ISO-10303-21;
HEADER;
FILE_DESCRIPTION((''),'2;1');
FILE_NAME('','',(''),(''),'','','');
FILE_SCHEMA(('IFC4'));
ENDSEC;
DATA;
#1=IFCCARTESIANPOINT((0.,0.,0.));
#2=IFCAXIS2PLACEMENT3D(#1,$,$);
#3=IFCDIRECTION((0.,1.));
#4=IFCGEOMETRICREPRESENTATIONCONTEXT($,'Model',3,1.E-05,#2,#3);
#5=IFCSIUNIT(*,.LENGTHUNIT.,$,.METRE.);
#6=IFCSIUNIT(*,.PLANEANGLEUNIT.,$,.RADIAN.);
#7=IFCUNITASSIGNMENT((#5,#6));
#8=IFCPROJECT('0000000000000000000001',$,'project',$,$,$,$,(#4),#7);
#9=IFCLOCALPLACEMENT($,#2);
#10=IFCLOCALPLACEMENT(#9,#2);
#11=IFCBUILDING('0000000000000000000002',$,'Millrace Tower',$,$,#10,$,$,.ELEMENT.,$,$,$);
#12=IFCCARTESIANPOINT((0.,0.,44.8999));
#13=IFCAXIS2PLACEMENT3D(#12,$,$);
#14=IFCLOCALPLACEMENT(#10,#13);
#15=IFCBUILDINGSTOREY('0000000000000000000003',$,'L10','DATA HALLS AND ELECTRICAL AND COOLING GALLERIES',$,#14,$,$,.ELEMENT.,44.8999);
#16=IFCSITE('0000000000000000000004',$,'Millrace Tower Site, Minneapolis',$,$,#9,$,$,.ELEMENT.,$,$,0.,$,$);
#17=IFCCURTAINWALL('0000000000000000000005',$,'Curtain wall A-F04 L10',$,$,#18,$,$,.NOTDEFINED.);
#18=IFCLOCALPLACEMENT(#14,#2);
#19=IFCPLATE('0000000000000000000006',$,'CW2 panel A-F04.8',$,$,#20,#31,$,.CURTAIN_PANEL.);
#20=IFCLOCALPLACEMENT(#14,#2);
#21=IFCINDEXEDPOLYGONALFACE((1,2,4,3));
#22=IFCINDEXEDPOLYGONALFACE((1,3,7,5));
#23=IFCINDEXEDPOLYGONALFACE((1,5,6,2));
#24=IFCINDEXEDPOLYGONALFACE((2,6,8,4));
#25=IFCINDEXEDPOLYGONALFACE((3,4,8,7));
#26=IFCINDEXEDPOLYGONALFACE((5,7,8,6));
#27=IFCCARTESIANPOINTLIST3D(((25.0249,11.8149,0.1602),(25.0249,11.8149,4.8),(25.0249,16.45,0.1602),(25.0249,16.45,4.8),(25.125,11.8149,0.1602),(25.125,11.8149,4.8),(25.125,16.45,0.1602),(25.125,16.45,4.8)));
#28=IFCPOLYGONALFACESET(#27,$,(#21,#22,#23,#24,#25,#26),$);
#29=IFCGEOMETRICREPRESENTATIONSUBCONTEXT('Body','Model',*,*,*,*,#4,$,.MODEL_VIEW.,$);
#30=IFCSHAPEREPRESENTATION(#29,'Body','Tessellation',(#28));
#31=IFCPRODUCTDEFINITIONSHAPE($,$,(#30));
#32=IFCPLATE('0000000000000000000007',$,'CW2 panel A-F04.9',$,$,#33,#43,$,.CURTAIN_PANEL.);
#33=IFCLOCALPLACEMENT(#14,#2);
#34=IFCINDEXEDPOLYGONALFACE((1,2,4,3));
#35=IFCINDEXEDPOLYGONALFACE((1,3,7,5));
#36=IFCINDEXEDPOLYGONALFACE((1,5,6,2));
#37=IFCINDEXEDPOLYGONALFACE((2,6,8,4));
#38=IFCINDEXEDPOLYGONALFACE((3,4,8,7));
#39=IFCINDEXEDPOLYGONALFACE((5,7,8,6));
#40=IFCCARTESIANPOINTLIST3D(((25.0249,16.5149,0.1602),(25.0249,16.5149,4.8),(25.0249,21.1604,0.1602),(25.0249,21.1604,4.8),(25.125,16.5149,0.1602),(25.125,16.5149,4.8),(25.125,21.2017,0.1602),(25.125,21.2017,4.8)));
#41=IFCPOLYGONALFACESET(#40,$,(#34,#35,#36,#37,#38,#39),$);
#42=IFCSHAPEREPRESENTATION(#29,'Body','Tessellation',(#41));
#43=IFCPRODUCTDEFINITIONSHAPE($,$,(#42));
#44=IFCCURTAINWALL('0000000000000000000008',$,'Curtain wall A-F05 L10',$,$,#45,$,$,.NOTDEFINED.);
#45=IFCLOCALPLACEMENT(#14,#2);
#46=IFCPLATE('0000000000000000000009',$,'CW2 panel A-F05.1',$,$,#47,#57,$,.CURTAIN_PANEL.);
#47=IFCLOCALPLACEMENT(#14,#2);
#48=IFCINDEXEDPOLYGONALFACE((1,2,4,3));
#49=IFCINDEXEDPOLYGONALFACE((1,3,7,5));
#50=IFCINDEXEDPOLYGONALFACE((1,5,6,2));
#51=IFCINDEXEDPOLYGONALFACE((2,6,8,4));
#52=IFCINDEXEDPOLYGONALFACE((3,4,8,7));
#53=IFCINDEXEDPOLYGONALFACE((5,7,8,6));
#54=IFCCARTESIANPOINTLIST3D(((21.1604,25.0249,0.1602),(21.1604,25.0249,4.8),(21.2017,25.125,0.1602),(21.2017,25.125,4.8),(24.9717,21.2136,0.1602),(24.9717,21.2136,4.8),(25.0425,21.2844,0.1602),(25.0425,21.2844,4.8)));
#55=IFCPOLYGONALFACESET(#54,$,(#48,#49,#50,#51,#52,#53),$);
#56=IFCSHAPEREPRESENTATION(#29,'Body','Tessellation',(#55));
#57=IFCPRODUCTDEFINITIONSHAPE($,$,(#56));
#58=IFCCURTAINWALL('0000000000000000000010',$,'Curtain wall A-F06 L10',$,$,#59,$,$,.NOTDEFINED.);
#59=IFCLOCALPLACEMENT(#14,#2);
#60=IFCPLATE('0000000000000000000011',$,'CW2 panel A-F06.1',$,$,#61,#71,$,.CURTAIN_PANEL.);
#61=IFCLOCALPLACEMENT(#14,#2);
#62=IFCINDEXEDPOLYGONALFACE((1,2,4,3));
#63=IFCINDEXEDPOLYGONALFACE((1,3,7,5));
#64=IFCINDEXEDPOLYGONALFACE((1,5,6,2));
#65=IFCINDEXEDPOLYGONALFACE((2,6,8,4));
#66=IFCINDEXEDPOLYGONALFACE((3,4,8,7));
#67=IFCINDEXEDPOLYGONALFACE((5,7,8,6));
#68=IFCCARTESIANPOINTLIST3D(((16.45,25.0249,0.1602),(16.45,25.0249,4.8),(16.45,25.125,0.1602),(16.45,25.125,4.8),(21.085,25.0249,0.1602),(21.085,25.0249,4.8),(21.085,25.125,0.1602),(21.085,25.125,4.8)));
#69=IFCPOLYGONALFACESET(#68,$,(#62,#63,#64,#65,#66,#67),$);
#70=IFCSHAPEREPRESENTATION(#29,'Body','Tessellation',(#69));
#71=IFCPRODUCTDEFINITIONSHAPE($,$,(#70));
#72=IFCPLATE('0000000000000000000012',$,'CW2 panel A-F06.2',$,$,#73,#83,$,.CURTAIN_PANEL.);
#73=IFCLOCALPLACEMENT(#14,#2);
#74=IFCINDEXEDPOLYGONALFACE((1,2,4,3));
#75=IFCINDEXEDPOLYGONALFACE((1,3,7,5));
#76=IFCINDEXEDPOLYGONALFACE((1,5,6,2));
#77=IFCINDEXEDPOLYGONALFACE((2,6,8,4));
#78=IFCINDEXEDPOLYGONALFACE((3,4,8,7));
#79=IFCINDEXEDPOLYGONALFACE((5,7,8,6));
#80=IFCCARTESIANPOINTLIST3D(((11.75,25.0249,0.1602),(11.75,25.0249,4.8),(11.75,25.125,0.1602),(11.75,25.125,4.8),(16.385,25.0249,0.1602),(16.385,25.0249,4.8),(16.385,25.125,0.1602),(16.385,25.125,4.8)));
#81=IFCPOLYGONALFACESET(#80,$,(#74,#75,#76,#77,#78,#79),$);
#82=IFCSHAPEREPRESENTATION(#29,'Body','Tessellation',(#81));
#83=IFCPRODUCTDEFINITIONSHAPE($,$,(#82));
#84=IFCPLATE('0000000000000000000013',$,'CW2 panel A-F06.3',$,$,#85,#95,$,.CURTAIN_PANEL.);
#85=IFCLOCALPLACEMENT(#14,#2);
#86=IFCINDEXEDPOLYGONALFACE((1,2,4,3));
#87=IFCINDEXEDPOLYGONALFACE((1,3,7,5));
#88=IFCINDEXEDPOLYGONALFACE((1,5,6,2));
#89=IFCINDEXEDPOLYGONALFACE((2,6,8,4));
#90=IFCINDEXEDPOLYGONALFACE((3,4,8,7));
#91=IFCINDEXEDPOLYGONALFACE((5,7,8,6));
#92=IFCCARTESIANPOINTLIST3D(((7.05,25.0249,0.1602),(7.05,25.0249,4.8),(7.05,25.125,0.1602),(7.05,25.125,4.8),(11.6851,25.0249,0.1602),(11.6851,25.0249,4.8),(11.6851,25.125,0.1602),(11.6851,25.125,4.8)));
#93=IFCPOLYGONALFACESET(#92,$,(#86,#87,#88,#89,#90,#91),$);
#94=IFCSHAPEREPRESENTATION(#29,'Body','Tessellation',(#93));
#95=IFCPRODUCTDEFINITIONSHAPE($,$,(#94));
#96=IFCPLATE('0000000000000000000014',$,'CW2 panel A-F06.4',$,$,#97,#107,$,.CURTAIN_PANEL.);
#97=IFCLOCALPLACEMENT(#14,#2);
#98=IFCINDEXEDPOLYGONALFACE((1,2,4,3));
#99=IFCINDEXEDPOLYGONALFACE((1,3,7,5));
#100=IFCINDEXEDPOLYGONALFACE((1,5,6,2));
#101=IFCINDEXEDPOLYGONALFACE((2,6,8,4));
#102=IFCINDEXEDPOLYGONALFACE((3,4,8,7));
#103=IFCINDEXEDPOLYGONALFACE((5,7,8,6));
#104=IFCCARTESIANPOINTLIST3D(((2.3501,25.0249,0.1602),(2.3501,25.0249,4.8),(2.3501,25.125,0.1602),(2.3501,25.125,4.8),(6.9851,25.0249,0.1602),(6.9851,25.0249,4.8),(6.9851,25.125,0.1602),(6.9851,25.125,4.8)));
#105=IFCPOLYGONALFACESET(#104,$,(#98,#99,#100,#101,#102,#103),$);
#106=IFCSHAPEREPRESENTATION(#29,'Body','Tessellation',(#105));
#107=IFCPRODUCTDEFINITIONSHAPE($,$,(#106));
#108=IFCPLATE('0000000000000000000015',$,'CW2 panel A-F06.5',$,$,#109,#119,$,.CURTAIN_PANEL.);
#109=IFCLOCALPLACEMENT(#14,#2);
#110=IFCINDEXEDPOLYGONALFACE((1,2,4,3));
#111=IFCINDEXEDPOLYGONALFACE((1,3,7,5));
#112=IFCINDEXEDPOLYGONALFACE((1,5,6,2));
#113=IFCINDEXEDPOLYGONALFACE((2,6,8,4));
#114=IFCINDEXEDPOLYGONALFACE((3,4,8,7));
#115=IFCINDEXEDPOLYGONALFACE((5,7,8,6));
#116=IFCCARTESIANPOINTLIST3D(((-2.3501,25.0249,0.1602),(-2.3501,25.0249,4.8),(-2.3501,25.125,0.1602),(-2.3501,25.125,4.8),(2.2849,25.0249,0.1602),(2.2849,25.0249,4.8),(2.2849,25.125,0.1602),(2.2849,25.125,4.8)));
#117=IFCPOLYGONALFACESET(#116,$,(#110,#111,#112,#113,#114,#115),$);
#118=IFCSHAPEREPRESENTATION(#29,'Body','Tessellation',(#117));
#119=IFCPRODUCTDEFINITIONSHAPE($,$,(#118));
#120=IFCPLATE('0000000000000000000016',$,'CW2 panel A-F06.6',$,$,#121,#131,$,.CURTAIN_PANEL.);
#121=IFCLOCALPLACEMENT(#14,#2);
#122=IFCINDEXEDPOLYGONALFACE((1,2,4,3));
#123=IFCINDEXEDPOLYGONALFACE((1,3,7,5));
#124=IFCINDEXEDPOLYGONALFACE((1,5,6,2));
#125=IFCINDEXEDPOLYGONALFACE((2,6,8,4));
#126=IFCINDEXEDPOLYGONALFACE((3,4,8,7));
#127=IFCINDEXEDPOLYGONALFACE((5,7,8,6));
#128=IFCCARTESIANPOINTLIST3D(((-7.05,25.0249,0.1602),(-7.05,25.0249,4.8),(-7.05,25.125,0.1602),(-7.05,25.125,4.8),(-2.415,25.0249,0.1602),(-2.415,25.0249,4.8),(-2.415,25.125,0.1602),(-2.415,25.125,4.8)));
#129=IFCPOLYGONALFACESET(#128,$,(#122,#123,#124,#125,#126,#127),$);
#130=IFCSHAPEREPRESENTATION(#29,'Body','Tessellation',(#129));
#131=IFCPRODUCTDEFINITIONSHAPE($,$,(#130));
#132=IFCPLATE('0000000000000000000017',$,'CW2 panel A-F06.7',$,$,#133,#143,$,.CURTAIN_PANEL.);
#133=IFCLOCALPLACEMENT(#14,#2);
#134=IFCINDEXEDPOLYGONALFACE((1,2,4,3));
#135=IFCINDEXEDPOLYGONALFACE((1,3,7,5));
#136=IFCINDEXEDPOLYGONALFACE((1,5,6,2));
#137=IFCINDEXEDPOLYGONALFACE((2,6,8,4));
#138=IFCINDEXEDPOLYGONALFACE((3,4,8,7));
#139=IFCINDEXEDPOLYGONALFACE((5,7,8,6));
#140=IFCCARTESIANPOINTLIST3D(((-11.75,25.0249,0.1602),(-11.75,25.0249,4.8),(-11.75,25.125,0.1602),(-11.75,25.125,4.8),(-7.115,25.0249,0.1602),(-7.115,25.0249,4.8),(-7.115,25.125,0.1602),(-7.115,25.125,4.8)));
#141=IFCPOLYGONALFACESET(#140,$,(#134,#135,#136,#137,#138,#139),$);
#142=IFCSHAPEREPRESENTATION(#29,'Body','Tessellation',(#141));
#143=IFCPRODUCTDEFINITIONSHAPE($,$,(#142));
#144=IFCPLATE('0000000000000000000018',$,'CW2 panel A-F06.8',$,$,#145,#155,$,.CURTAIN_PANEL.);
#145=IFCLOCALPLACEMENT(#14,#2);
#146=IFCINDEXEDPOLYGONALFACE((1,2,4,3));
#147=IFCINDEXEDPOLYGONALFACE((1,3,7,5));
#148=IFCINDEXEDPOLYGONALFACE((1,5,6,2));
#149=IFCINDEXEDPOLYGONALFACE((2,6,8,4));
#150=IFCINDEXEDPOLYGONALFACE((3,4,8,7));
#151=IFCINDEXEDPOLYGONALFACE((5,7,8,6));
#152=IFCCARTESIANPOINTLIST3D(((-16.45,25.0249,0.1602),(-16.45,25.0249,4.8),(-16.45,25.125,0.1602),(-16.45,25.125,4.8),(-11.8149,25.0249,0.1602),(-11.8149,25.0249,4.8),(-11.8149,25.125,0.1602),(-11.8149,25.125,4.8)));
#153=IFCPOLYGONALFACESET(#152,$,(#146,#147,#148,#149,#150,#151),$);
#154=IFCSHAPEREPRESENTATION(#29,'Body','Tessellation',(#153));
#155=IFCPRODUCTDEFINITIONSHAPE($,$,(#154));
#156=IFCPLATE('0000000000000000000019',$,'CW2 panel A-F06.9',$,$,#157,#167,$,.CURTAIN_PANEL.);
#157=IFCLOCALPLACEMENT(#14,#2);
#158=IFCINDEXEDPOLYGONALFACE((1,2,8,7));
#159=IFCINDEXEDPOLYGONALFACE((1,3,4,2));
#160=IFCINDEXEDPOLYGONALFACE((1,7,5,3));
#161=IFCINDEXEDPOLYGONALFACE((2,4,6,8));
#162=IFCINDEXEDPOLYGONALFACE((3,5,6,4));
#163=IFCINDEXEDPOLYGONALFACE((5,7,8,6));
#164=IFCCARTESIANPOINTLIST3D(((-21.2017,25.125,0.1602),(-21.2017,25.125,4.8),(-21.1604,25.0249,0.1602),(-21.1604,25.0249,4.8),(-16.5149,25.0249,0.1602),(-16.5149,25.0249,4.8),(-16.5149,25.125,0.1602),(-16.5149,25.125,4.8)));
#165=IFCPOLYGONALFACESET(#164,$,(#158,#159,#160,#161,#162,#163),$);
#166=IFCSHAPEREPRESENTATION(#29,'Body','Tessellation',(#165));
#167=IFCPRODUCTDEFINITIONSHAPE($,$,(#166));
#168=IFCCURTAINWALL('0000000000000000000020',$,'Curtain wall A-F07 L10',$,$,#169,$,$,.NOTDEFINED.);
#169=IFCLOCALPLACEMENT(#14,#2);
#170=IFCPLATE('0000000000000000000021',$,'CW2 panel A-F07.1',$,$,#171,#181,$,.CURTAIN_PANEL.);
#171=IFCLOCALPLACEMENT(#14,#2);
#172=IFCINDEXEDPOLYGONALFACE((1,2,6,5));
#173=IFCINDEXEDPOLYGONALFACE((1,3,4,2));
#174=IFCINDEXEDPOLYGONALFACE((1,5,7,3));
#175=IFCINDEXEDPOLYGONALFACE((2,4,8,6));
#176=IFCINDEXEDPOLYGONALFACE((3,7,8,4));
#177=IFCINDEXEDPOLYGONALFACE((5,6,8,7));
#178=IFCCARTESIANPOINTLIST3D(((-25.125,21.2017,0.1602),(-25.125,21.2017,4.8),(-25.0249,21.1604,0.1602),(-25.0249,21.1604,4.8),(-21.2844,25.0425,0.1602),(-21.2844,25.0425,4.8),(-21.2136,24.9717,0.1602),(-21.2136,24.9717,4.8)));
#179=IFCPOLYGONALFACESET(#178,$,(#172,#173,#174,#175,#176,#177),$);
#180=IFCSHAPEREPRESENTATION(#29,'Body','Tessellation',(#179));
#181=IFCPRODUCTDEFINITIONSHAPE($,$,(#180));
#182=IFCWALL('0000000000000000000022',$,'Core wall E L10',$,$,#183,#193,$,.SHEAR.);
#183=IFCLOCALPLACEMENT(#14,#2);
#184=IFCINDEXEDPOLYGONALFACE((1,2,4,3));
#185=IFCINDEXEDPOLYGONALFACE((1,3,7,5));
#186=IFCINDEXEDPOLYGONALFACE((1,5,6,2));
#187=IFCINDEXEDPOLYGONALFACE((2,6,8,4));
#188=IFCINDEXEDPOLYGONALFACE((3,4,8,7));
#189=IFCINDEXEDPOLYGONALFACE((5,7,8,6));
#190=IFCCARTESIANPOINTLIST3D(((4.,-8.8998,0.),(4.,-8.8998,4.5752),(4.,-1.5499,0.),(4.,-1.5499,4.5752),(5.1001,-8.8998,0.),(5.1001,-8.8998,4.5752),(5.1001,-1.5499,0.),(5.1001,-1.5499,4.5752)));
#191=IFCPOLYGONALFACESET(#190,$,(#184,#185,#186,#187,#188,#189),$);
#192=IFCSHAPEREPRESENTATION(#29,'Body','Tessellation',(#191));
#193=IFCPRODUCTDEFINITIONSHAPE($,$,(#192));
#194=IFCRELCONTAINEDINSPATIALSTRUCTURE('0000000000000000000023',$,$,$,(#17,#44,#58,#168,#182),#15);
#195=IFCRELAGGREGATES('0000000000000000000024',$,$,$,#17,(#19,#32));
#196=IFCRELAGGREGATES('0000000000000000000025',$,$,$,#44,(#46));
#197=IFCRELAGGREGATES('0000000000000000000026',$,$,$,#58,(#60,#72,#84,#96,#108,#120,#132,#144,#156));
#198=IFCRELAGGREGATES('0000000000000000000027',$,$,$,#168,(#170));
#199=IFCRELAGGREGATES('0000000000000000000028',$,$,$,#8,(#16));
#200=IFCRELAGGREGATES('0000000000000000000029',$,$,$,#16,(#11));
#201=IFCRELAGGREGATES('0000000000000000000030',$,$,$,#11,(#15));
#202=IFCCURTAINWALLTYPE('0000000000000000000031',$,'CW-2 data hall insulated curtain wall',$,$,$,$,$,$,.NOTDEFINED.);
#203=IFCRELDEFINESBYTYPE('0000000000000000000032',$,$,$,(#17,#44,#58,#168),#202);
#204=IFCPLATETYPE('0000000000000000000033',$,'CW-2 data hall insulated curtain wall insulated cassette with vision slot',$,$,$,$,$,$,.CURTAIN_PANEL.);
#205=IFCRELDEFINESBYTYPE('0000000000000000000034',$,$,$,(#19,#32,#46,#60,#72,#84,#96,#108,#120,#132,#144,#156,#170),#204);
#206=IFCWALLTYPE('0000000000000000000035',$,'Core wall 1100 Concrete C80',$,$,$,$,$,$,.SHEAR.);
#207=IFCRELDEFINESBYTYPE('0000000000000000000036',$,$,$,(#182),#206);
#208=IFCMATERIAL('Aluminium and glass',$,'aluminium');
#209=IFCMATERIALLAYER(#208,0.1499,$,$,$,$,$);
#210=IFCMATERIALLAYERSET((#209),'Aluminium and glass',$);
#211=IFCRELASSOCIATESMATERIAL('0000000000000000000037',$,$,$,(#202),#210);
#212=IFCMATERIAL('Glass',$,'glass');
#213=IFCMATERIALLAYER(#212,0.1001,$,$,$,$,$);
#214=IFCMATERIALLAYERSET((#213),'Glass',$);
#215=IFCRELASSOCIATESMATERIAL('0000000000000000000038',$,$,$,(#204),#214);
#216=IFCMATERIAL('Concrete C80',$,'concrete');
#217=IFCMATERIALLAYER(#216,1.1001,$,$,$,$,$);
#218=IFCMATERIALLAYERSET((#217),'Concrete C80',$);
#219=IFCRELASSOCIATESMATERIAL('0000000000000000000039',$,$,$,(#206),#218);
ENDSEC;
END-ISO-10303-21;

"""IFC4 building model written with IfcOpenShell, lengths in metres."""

from ifc_helpers import new_model, si_unit, direction, frame, frame_2d, origin, place, context, subcontext, project, spatial, polyline, rectangle, outline, extrude, material, layer, layer_set, type_object, element, aggregate, save


model = new_model("IFC4")

# Units and contexts
model_context = context("Model", 3, precision=1e-05, world=origin(), true_north=direction((0.0, 1.0)))
body_context = subcontext(model_context, "Body", "Model", "MODEL_VIEW")
ifc_project = project(units=[si_unit("LENGTHUNIT", "METRE"), si_unit("PLANEANGLEUNIT", "RADIAN")], contexts=[model_context])

# Site, building, storey
site_placement = place(None, origin())
site = spatial("IfcSite", under=ifc_project, at=site_placement, Name="Millrace Tower Site, Minneapolis", CompositionType="ELEMENT", RefElevation=0.0)
building_placement = place(site_placement, origin())
building = spatial("IfcBuilding", under=site, at=building_placement, Name="Millrace Tower", CompositionType="ELEMENT")
storey_placement = place(building_placement, frame((0.0, 0.0, 44.8999)))
storey = spatial("IfcBuildingStorey", under=building, at=storey_placement, Name="L10", Description="DATA HALLS AND ELECTRICAL AND COOLING GALLERIES", CompositionType="ELEMENT", Elevation=44.8999)

# Curtain wall, plates
ifc_material_1 = material(Name="Aluminium and glass", Category="aluminium")
ifc_layer_1 = layer(ifc_material_1, 0.1499)
ifc_layer_set_1 = layer_set([ifc_layer_1], Name="Aluminium and glass")
curtain_wall_type = type_object("IfcCurtainWallType", Name="CW-2 data hall insulated curtain wall", PredefinedType="NOTDEFINED", material=ifc_layer_set_1)
placement_1 = place(storey_placement, origin())
curtain_wall_1 = element("IfcCurtainWall", 1, at=placement_1, inside=storey, type_object=curtain_wall_type, Name="Curtain wall A-F04 L10", PredefinedType="NOTDEFINED")
ifc_material_2 = material(Name="Glass", Category="glass")
ifc_layer_2 = layer(ifc_material_2, 0.1001)
ifc_layer_set_2 = layer_set([ifc_layer_2], Name="Glass")
plate_type = type_object("IfcPlateType", Name="CW-2 data hall insulated curtain wall insulated cassette with vision slot", PredefinedType="CURTAIN_PANEL", material=ifc_layer_set_2)
placement_2 = place(storey_placement, frame((0.0, 0.0, 0.1602)))
plate_1 = element("IfcPlate", 2, at=placement_2, type_object=plate_type, Name="CW2 panel A-F04.8", PredefinedType="CURTAIN_PANEL", context=body_context, shape_type="SweptSolid", body=[
    extrude(outline(polyline([(25.125, 11.8149), (25.125, 16.45), (25.0249, 16.45), (25.0249, 11.8149), (25.125, 11.8149)])), origin(), (0.0, 0.0, 1.0), 4.6399),
])
plate_2 = element("IfcPlate", 3, at=placement_2, type_object=plate_type, Name="CW2 panel A-F04.9", PredefinedType="CURTAIN_PANEL", context=body_context, shape_type="SweptSolid", body=[
    extrude(outline(polyline([(25.125, 16.5149), (25.125, 21.2017), (25.0249, 21.1604), (25.0249, 16.5149), (25.125, 16.5149)])), origin(), (0.0, 0.0, 1.0), 4.6399),
])
aggregate(curtain_wall_1, [plate_1, plate_2])

# Curtain wall, plate
curtain_wall_2 = element("IfcCurtainWall", 4, at=placement_1, inside=storey, type_object=curtain_wall_type, Name="Curtain wall A-F05 L10", PredefinedType="NOTDEFINED")
plate_3 = element("IfcPlate", 5, at=placement_2, type_object=plate_type, Name="CW2 panel A-F05.1", PredefinedType="CURTAIN_PANEL", context=body_context, shape_type="SweptSolid", body=[
    extrude(outline(polyline([(25.0425, 21.2844), (21.2017, 25.125), (21.1604, 25.0249), (24.9717, 21.2136), (25.0425, 21.2844)])), origin(), (0.0, 0.0, 1.0), 4.6399),
])
aggregate(curtain_wall_2, [plate_3])

# Curtain wall, plates
curtain_wall_3 = element("IfcCurtainWall", 6, at=placement_1, inside=storey, type_object=curtain_wall_type, Name="Curtain wall A-F06 L10", PredefinedType="NOTDEFINED")
plate_4 = element("IfcPlate", 7, at=placement_2, type_object=plate_type, Name="CW2 panel A-F06.1", PredefinedType="CURTAIN_PANEL", context=body_context, shape_type="SweptSolid", body=[
    extrude(outline(polyline([(21.085, 25.125), (16.45, 25.125), (16.45, 25.0249), (21.085, 25.0249), (21.085, 25.125)])), origin(), (0.0, 0.0, 1.0), 4.6399),
])
plate_5 = element("IfcPlate", 8, at=placement_2, type_object=plate_type, Name="CW2 panel A-F06.2", PredefinedType="CURTAIN_PANEL", context=body_context, shape_type="SweptSolid", body=[
    extrude(outline(polyline([(16.385, 25.125), (11.75, 25.125), (11.75, 25.0249), (16.385, 25.0249), (16.385, 25.125)])), origin(), (0.0, 0.0, 1.0), 4.6399),
])
plate_6 = element("IfcPlate", 9, at=placement_2, type_object=plate_type, Name="CW2 panel A-F06.3", PredefinedType="CURTAIN_PANEL", context=body_context, shape_type="SweptSolid", body=[
    extrude(outline(polyline([(11.6851, 25.125), (7.05, 25.125), (7.05, 25.0249), (11.6851, 25.0249), (11.6851, 25.125)])), origin(), (0.0, 0.0, 1.0), 4.6399),
])
plate_7 = element("IfcPlate", 10, at=placement_2, type_object=plate_type, Name="CW2 panel A-F06.4", PredefinedType="CURTAIN_PANEL", context=body_context, shape_type="SweptSolid", body=[
    extrude(outline(polyline([(6.9851, 25.125), (2.3501, 25.125), (2.3501, 25.0249), (6.9851, 25.0249), (6.9851, 25.125)])), origin(), (0.0, 0.0, 1.0), 4.6399),
])
plate_8 = element("IfcPlate", 11, at=placement_2, type_object=plate_type, Name="CW2 panel A-F06.5", PredefinedType="CURTAIN_PANEL", context=body_context, shape_type="SweptSolid", body=[
    extrude(outline(polyline([(2.2849, 25.125), (-2.3501, 25.125), (-2.3501, 25.0249), (2.2849, 25.0249), (2.2849, 25.125)])), origin(), (0.0, 0.0, 1.0), 4.6399),
])
plate_9 = element("IfcPlate", 12, at=placement_2, type_object=plate_type, Name="CW2 panel A-F06.6", PredefinedType="CURTAIN_PANEL", context=body_context, shape_type="SweptSolid", body=[
    extrude(outline(polyline([(-2.415, 25.125), (-7.05, 25.125), (-7.05, 25.0249), (-2.415, 25.0249), (-2.415, 25.125)])), origin(), (0.0, 0.0, 1.0), 4.6399),
])
plate_10 = element("IfcPlate", 13, at=placement_2, type_object=plate_type, Name="CW2 panel A-F06.7", PredefinedType="CURTAIN_PANEL", context=body_context, shape_type="SweptSolid", body=[
    extrude(outline(polyline([(-7.115, 25.125), (-11.75, 25.125), (-11.75, 25.0249), (-7.115, 25.0249), (-7.115, 25.125)])), origin(), (0.0, 0.0, 1.0), 4.6399),
])
plate_11 = element("IfcPlate", 14, at=placement_2, type_object=plate_type, Name="CW2 panel A-F06.8", PredefinedType="CURTAIN_PANEL", context=body_context, shape_type="SweptSolid", body=[
    extrude(outline(polyline([(-11.8149, 25.125), (-16.45, 25.125), (-16.45, 25.0249), (-11.8149, 25.0249), (-11.8149, 25.125)])), origin(), (0.0, 0.0, 1.0), 4.6399),
])
plate_12 = element("IfcPlate", 15, at=placement_2, type_object=plate_type, Name="CW2 panel A-F06.9", PredefinedType="CURTAIN_PANEL", context=body_context, shape_type="SweptSolid", body=[
    extrude(outline(polyline([(-16.5149, 25.125), (-21.2017, 25.125), (-21.1604, 25.0249), (-16.5149, 25.0249), (-16.5149, 25.125)])), origin(), (0.0, 0.0, 1.0), 4.6399),
])
aggregate(curtain_wall_3, [plate_4, plate_5, plate_6, plate_7, plate_8, plate_9, plate_10, plate_11, plate_12])

# Curtain wall, plate
curtain_wall_4 = element("IfcCurtainWall", 16, at=placement_1, inside=storey, type_object=curtain_wall_type, Name="Curtain wall A-F07 L10", PredefinedType="NOTDEFINED")
plate_13 = element("IfcPlate", 17, at=placement_2, type_object=plate_type, Name="CW2 panel A-F07.1", PredefinedType="CURTAIN_PANEL", context=body_context, shape_type="SweptSolid", body=[
    extrude(outline(polyline([(-21.2844, 25.0425), (-25.125, 21.2017), (-25.0249, 21.1604), (-21.2136, 24.9717), (-21.2844, 25.0425)])), origin(), (0.0, 0.0, 1.0), 4.6399),
])
aggregate(curtain_wall_4, [plate_13])

# Wall
ifc_material_3 = material(Name="Concrete C80", Category="concrete")
ifc_layer_3 = layer(ifc_material_3, 1.1001)
ifc_layer_set_3 = layer_set([ifc_layer_3], Name="Concrete C80")
wall_type_1 = type_object("IfcWallType", Name="Core wall 1100 Concrete C80", PredefinedType="SHEAR", material=ifc_layer_set_3)
wall_1_placement = place(storey_placement, frame((4.55, -1.55, 0.0), z_axis=(0.0, 0.0, 1.0), x_axis=(0.0, -1.0, 0.0)))
element("IfcWall", 18, at=wall_1_placement, inside=storey, type_object=wall_type_1, Name="Core wall E L10", PredefinedType="SHEAR", context=body_context, shape_type="SweptSolid", body=[
    extrude(rectangle(XDim=7.3499, YDim=1.1001, at=frame_2d((3.6748, 0.0))), origin(), (0.0, 0.0, 1.0), 4.5752),
])

save(model, "model.ifc")
